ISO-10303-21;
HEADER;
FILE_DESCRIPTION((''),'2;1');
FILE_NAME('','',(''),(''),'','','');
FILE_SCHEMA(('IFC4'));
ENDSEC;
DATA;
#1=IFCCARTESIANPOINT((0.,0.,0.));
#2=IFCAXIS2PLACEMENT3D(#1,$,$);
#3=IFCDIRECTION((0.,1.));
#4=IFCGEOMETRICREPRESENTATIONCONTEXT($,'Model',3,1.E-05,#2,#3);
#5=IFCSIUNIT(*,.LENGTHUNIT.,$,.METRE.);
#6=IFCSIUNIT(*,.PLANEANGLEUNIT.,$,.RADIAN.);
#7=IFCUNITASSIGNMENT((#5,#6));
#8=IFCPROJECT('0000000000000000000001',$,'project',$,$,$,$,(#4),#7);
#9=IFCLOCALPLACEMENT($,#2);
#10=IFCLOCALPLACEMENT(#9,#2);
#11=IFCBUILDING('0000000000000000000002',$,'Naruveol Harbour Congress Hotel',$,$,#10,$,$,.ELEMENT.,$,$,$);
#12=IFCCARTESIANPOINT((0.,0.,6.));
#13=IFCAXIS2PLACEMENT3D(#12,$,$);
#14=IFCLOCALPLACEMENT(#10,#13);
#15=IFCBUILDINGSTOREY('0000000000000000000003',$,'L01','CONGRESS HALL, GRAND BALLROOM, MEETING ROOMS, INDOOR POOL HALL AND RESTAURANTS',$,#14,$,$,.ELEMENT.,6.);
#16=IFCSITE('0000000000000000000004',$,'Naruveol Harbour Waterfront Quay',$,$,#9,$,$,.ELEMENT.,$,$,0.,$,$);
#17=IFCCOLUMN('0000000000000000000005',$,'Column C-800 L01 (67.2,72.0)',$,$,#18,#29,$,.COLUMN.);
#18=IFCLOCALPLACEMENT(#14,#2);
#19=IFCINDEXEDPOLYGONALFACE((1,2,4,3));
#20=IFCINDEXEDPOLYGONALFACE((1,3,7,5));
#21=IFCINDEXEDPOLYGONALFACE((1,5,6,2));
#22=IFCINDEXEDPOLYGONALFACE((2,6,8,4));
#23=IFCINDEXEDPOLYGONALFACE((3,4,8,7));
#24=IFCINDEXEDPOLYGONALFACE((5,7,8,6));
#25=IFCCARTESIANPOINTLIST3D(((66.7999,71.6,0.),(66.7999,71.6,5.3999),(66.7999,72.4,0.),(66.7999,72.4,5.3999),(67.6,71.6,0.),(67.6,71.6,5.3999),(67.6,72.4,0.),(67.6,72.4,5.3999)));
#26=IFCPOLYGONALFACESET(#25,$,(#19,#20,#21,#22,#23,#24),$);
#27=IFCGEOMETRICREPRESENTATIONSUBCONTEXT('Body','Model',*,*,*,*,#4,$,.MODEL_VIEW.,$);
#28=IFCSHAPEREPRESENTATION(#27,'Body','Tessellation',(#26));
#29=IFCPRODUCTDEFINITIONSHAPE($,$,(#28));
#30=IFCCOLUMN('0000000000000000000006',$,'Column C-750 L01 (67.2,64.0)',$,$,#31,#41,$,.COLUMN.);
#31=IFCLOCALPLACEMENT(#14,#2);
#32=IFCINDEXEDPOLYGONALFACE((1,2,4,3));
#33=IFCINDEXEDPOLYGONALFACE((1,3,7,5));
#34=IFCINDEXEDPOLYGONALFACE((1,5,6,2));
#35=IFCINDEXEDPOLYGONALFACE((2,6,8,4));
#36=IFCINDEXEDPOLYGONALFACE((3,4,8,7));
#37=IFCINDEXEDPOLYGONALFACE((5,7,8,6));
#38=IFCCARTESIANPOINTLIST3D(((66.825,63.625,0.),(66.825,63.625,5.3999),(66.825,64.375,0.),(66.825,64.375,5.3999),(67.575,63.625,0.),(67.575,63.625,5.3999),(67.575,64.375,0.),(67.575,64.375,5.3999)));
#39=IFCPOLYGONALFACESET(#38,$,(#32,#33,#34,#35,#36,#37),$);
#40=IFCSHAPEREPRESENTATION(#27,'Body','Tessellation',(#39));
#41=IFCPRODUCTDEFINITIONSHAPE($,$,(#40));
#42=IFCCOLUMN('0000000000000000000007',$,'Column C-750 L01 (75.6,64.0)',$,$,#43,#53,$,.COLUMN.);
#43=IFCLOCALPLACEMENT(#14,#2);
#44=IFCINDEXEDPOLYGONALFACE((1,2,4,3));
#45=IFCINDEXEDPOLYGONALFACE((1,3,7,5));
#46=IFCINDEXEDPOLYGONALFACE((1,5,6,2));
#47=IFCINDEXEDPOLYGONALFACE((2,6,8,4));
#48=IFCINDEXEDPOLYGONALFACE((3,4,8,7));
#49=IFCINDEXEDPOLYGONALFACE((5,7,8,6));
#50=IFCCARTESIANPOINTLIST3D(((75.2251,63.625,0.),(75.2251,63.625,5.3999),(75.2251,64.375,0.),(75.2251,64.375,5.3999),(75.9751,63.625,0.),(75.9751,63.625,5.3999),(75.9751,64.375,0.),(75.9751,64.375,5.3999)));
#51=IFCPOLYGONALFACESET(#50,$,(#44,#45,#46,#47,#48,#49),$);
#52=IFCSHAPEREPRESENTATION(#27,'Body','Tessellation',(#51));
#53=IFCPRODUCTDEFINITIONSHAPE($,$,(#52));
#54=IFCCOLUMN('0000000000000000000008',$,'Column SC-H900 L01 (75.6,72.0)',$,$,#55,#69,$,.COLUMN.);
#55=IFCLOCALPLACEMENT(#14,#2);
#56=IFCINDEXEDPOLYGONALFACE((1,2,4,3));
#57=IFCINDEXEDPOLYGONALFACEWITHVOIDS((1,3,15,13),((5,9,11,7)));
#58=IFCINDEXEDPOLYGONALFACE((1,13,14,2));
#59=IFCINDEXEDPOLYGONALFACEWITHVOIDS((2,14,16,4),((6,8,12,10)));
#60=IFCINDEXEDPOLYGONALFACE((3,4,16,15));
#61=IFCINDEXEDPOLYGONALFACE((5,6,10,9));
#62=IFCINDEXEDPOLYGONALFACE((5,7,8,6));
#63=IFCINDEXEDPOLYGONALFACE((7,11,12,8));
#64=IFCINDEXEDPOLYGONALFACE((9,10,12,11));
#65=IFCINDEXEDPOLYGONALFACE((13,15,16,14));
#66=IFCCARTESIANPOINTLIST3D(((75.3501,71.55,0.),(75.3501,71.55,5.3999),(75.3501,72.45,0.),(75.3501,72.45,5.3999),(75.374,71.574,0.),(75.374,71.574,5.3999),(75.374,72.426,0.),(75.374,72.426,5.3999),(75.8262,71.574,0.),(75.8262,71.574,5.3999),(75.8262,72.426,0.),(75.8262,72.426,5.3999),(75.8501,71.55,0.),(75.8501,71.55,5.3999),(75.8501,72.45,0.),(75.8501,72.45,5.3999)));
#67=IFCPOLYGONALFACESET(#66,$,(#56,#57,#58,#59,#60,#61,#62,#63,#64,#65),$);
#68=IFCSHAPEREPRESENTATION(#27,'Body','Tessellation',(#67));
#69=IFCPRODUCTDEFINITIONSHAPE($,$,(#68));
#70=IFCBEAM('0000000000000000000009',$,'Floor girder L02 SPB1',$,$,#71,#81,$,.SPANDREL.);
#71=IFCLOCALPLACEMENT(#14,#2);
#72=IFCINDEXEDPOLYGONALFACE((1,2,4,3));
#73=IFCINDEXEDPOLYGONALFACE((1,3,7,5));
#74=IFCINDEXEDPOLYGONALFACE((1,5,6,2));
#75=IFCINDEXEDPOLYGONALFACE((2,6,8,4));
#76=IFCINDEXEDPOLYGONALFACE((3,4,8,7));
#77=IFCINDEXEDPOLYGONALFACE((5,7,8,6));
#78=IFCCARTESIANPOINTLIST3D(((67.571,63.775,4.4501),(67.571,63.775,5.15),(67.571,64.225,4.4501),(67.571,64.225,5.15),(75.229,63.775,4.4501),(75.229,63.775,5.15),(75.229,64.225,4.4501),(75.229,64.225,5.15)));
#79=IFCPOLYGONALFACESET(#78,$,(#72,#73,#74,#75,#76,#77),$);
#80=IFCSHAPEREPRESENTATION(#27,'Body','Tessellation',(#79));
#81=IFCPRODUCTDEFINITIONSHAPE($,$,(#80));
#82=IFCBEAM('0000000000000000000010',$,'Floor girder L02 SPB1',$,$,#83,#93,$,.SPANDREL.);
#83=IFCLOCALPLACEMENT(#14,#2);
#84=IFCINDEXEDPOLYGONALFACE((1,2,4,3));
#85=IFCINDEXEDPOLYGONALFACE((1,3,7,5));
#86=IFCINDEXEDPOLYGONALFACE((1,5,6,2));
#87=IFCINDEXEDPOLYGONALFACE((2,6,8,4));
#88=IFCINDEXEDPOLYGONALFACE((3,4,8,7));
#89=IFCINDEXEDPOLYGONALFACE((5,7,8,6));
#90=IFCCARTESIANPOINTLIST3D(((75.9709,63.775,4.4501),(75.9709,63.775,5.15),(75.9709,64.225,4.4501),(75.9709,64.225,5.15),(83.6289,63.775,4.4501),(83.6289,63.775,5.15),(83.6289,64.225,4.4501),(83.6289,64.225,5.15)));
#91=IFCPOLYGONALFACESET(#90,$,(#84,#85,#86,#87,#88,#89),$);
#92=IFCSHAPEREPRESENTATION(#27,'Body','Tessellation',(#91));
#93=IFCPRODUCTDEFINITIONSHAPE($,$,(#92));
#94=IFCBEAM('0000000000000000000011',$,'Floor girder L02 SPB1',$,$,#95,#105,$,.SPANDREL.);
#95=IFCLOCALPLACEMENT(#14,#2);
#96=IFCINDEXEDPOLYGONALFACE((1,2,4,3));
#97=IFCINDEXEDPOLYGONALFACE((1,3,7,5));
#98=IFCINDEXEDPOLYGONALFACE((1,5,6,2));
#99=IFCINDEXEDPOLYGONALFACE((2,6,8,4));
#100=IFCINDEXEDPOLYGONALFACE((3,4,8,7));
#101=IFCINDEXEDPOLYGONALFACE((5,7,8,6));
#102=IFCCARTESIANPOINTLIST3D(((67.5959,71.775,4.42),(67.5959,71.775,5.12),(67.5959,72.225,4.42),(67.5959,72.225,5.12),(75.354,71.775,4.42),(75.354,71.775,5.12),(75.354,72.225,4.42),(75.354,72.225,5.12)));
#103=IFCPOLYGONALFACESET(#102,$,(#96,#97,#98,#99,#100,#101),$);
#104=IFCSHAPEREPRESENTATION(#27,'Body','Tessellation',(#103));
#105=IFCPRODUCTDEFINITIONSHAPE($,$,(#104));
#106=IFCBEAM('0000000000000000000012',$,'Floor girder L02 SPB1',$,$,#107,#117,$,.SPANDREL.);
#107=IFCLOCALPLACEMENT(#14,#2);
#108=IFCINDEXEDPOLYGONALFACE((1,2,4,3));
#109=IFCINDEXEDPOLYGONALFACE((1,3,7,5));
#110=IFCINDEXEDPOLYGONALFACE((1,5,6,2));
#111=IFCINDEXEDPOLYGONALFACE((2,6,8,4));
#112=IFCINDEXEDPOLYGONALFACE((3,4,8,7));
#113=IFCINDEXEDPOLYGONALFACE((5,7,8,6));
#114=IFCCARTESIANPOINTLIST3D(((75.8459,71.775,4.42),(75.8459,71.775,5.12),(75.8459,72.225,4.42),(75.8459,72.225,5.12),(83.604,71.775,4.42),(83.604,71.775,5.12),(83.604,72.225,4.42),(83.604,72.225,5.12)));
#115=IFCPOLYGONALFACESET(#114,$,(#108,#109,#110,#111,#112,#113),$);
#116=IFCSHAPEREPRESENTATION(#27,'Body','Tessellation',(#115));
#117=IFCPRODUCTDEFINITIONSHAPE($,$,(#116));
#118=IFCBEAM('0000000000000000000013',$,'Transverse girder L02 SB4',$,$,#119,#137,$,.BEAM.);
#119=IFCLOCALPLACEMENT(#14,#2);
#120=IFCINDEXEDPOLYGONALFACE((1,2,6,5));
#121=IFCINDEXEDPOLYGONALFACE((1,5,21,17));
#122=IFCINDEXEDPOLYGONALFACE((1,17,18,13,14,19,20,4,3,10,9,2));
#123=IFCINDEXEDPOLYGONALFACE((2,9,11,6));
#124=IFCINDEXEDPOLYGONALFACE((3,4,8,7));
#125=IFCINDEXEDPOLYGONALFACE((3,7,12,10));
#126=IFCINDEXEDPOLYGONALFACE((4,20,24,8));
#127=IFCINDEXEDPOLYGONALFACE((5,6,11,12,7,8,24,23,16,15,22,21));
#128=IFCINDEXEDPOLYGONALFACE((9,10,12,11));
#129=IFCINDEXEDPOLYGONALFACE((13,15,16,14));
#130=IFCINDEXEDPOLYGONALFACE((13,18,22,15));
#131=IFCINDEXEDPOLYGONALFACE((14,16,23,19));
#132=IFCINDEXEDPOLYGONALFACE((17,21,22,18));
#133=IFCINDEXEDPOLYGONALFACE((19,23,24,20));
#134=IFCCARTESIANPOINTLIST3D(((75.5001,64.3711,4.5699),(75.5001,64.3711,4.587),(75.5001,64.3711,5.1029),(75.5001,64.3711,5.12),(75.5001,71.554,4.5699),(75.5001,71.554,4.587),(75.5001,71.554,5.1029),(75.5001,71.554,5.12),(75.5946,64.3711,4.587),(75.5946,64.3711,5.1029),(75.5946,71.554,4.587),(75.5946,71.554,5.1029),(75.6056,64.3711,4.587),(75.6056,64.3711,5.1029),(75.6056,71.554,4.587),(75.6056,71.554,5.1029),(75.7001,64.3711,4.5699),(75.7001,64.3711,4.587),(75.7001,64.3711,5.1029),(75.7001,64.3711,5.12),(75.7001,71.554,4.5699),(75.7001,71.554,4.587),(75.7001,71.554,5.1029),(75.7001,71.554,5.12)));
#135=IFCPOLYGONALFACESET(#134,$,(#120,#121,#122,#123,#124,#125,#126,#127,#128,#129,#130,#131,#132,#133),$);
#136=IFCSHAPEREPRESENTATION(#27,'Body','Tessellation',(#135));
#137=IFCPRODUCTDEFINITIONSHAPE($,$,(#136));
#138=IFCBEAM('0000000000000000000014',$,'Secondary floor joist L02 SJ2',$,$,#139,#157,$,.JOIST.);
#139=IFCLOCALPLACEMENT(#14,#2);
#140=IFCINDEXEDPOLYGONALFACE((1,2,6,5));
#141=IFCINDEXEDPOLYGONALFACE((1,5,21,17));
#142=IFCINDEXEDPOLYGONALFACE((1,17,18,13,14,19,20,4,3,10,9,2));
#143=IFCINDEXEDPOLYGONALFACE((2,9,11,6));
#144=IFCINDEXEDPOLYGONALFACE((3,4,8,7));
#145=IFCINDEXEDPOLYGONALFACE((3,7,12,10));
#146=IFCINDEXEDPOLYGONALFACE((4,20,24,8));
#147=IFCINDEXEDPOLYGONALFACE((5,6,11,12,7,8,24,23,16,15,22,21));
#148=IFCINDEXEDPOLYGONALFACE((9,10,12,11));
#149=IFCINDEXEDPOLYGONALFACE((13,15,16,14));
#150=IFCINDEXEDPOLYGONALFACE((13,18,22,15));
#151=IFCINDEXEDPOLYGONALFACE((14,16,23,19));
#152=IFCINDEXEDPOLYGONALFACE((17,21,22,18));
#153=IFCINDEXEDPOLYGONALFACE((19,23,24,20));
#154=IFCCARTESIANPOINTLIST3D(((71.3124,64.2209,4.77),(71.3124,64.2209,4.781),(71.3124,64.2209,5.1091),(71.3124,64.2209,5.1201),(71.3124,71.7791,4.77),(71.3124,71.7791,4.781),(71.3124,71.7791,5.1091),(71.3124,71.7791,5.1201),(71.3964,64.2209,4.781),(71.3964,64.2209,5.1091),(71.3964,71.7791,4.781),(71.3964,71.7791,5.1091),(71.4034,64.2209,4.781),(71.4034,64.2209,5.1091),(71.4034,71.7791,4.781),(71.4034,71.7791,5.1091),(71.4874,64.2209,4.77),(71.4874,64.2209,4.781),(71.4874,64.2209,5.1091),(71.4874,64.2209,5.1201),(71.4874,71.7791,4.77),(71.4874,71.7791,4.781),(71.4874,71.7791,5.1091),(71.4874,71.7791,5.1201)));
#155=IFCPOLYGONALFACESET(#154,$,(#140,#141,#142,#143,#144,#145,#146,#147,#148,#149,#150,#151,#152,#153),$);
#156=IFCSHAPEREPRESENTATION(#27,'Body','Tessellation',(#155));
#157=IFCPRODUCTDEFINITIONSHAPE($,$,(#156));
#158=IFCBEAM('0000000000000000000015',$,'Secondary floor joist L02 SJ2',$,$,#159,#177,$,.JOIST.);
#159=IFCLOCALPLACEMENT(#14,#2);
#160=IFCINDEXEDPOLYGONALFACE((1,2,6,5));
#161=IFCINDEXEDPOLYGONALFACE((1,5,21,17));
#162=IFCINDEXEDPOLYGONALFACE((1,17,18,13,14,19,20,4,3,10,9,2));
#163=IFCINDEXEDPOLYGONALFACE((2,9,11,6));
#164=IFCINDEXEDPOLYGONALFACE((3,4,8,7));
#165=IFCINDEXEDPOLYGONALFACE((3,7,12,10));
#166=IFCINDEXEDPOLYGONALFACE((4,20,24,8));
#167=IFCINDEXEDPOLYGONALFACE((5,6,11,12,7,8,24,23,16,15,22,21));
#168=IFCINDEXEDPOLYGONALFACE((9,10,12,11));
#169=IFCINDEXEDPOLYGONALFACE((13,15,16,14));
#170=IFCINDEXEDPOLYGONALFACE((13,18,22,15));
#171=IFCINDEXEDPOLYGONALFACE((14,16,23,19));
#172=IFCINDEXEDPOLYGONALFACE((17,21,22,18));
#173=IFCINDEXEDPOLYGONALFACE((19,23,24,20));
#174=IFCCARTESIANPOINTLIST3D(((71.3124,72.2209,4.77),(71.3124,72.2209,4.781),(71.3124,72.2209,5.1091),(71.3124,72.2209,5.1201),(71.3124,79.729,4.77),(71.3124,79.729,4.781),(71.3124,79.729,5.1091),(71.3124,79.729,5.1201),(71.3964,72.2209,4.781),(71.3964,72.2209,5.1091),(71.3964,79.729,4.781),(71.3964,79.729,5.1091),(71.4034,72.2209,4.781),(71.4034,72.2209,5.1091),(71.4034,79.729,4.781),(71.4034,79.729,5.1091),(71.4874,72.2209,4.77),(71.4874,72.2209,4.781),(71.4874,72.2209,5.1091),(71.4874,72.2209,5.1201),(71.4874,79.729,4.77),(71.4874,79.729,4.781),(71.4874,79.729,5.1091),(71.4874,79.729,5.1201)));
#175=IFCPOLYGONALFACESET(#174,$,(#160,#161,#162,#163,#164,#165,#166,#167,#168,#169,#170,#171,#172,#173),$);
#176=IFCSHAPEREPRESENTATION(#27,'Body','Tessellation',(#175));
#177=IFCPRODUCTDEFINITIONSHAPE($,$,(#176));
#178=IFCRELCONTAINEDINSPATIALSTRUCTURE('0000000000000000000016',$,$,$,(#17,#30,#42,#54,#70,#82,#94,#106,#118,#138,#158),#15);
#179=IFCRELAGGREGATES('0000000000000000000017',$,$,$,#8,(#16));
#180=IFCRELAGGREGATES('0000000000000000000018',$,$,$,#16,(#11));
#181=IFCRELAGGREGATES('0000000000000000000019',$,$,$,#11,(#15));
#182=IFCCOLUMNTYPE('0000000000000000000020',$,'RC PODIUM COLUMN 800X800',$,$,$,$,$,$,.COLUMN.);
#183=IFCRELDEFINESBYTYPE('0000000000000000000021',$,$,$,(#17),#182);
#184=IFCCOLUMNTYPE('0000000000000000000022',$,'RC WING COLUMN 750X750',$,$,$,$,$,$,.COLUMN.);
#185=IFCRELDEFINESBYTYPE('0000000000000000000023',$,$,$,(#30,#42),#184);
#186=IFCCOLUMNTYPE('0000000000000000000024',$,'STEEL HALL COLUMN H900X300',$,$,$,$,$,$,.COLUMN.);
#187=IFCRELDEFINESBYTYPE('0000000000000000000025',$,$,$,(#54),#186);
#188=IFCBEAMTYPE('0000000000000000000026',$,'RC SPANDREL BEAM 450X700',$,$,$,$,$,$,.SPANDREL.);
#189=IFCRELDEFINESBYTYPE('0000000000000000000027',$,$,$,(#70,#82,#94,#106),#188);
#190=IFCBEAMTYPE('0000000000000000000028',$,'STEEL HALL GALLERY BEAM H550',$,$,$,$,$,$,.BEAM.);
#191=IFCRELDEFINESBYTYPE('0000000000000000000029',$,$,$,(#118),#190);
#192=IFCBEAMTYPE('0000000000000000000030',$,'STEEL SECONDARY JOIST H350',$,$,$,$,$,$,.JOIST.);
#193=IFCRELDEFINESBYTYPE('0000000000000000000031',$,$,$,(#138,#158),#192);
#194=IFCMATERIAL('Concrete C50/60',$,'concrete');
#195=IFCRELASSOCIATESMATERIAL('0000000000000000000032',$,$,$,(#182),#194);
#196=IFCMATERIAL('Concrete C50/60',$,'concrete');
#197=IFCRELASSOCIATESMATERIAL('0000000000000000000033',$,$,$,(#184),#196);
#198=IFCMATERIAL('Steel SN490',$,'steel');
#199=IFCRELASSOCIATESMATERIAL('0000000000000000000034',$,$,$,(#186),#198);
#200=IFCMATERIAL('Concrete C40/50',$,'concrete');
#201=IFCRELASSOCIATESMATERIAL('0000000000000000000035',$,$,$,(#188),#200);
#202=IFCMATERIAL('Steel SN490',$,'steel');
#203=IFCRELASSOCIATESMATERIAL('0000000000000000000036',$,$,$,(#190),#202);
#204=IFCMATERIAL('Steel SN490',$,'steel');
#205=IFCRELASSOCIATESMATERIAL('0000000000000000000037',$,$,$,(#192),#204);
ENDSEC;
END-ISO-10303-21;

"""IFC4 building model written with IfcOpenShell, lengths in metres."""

from ifc_helpers import new_model, si_unit, direction, frame, origin, origin_2d, place, context, subcontext, project, spatial, rectangle, hollow_rectangle, i_section, extrude, material, material_profile, profile_set, type_object, element, save


model = new_model("IFC4")

# Units and contexts
model_context = context("Model", 3, precision=1e-05, world=origin(), true_north=direction((0.0, 1.0)))
body_context = subcontext(model_context, "Body", "Model", "MODEL_VIEW")
ifc_project = project(units=[si_unit("LENGTHUNIT", "METRE"), si_unit("PLANEANGLEUNIT", "RADIAN")], contexts=[model_context])

# Site, building, storey
site_placement = place(None, origin())
site = spatial("IfcSite", under=ifc_project, at=site_placement, Name="Naruveol Harbour Waterfront Quay", CompositionType="ELEMENT", RefElevation=0.0)
building_placement = place(site_placement, origin())
building = spatial("IfcBuilding", under=site, at=building_placement, Name="Naruveol Harbour Congress Hotel", CompositionType="ELEMENT")
storey_placement = place(building_placement, frame((0.0, 0.0, 6.0)))
storey = spatial("IfcBuildingStorey", under=building, at=storey_placement, Name="L01", Description="CONGRESS HALL, GRAND BALLROOM, MEETING ROOMS, INDOOR POOL HALL AND RESTAURANTS", CompositionType="ELEMENT", Elevation=6.0)

# Columns
ifc_material_1 = material(Name="Concrete C50/60", Category="concrete")
ifc_material_profile_1 = material_profile(ifc_material_1, rectangle(XDim=0.8, YDim=0.8, at=origin_2d()), Name="RC-800x800")
ifc_profile_set_1 = profile_set([ifc_material_profile_1], Name="Concrete C50/60")
column_type_1 = type_object("IfcColumnType", Name="RC PODIUM COLUMN 800X800", PredefinedType="COLUMN", material=ifc_profile_set_1)
column_1_placement = place(storey_placement, frame((67.2, 72.0, 0.0), z_axis=(0.0, 0.0, 1.0), x_axis=(1.0, 0.0, 0.0)))
element("IfcColumn", 1, at=column_1_placement, inside=storey, type_object=column_type_1, Name="Column C-800 L01 (67.2,72.0)", PredefinedType="COLUMN", context=body_context, shape_type="SweptSolid", body=[
    extrude(rectangle(XDim=0.8, YDim=0.8, at=origin_2d()), origin(), (0.0, 0.0, 1.0), 5.3999),
])
ifc_material_2 = material(Name="Concrete C50/60", Category="concrete")
ifc_material_profile_2 = material_profile(ifc_material_2, rectangle(XDim=0.75, YDim=0.75, at=origin_2d()), Name="RC-750x750")
ifc_profile_set_2 = profile_set([ifc_material_profile_2], Name="Concrete C50/60")
column_type_2 = type_object("IfcColumnType", Name="RC WING COLUMN 750X750", PredefinedType="COLUMN", material=ifc_profile_set_2)
for number, where, z_axis, x_axis, name in (
    (2, (67.2, 64.0, 0.0), (0.0, 0.0, 1.0), (1.0, 0.0, 0.0), "Column C-750 L01 (67.2,64.0)"),
    (3, (75.6001, 64.0, 0.0), (0.0, 0.0, 1.0), (1.0, 0.0, 0.0), "Column C-750 L01 (75.6,64.0)"),
):
    element("IfcColumn", number, at=place(storey_placement, frame(where, z_axis=z_axis, x_axis=x_axis)), inside=storey, type_object=column_type_2, Name=name, PredefinedType="COLUMN", context=body_context, shape_type="SweptSolid", body=[
        extrude(rectangle(XDim=0.75, YDim=0.75, at=origin_2d()), origin(), (0.0, 0.0, 1.0), 5.3999),
    ])
ifc_material_3 = material(Name="Steel SN490", Category="steel")
ifc_material_profile_3 = material_profile(ifc_material_3, hollow_rectangle(XDim=0.5, YDim=0.8999, WallThickness=0.0239, at=origin_2d()), Name="RHS-900x500x24")
ifc_profile_set_3 = profile_set([ifc_material_profile_3], Name="Steel SN490")
column_type_3 = type_object("IfcColumnType", Name="STEEL HALL COLUMN H900X300", PredefinedType="COLUMN", material=ifc_profile_set_3)
column_2_placement = place(storey_placement, frame((75.6001, 72.0, 0.0), z_axis=(0.0, 0.0, 1.0), x_axis=(1.0, 0.0, 0.0)))
element("IfcColumn", 4, at=column_2_placement, inside=storey, type_object=column_type_3, Name="Column SC-H900 L01 (75.6,72.0)", PredefinedType="COLUMN", context=body_context, shape_type="SweptSolid", body=[
    extrude(hollow_rectangle(XDim=0.5, YDim=0.8999, WallThickness=0.0239, at=origin_2d()), origin(), (0.0, 0.0, 1.0), 5.3999),
])

# Beams
ifc_material_4 = material(Name="Concrete C40/50", Category="concrete")
ifc_material_profile_4 = material_profile(ifc_material_4, rectangle(XDim=0.45, YDim=0.7, at=origin_2d()), Name="RCB-450x700")
ifc_profile_set_4 = profile_set([ifc_material_profile_4], Name="Concrete C40/50")
beam_type_1 = type_object("IfcBeamType", Name="RC SPANDREL BEAM 450X700", PredefinedType="SPANDREL", material=ifc_profile_set_4)
for number, where, z_axis, x_axis, name in (
    (5, (67.571, 64.0, 4.8), (1.0, 0.0, 0.0), (0.0, 1.0, 0.0), "Floor girder L02 SPB1"),
    (6, (75.9709, 64.0, 4.8), (1.0, 0.0, 0.0), (0.0, 1.0, 0.0), "Floor girder L02 SPB1"),
):
    element("IfcBeam", number, at=place(storey_placement, frame(where, z_axis=z_axis, x_axis=x_axis)), inside=storey, type_object=beam_type_1, Name=name, PredefinedType="SPANDREL", context=body_context, shape_type="SweptSolid", body=[
        extrude(rectangle(XDim=0.45, YDim=0.7, at=origin_2d()), origin(), (0.0, 0.0, 1.0), 7.658),
    ])
for number, where, z_axis, x_axis, name in (
    (7, (67.5959, 72.0, 4.77), (1.0, 0.0, 0.0), (0.0, 1.0, 0.0), "Floor girder L02 SPB1"),
    (8, (75.8459, 72.0, 4.77), (1.0, 0.0, 0.0), (0.0, 1.0, 0.0), "Floor girder L02 SPB1"),
):
    element("IfcBeam", number, at=place(storey_placement, frame(where, z_axis=z_axis, x_axis=x_axis)), inside=storey, type_object=beam_type_1, Name=name, PredefinedType="SPANDREL", context=body_context, shape_type="SweptSolid", body=[
        extrude(rectangle(XDim=0.45, YDim=0.7, at=origin_2d()), origin(), (0.0, 0.0, 1.0), 7.7581),
    ])
ifc_material_5 = material(Name="Steel SN490", Category="steel")
ifc_material_profile_5 = material_profile(ifc_material_5, i_section(OverallWidth=0.2, OverallDepth=0.55, WebThickness=0.011, FlangeThickness=0.0171, at=origin_2d()), Name="H-550x200x11x17")
ifc_profile_set_5 = profile_set([ifc_material_profile_5], Name="Steel SN490")
beam_type_2 = type_object("IfcBeamType", Name="STEEL HALL GALLERY BEAM H550", PredefinedType="BEAM", material=ifc_profile_set_5)
beam_1_placement = place(storey_placement, frame((75.6001, 64.3711, 4.845), z_axis=(0.0, 1.0, 0.0), x_axis=(-1.0, 0.0, 0.0)))
element("IfcBeam", 9, at=beam_1_placement, inside=storey, type_object=beam_type_2, Name="Transverse girder L02 SB4", PredefinedType="BEAM", context=body_context, shape_type="SweptSolid", body=[
    extrude(i_section(OverallWidth=0.2, OverallDepth=0.55, WebThickness=0.011, FlangeThickness=0.0171, at=origin_2d()), origin(), (0.0, 0.0, 1.0), 7.1829),
])
ifc_material_6 = material(Name="Steel SN490", Category="steel")
ifc_material_profile_6 = material_profile(ifc_material_6, i_section(OverallWidth=0.175, OverallDepth=0.3501, WebThickness=0.0071, FlangeThickness=0.011, at=origin_2d()), Name="H-350x175x7x11")
ifc_profile_set_6 = profile_set([ifc_material_profile_6], Name="Steel SN490")
beam_type_3 = type_object("IfcBeamType", Name="STEEL SECONDARY JOIST H350", PredefinedType="JOIST", material=ifc_profile_set_6)
beam_2_placement = place(storey_placement, frame((71.3999, 64.2209, 4.9451), z_axis=(0.0, 1.0, 0.0), x_axis=(-1.0, 0.0, 0.0)))
element("IfcBeam", 10, at=beam_2_placement, inside=storey, type_object=beam_type_3, Name="Secondary floor joist L02 SJ2", PredefinedType="JOIST", context=body_context, shape_type="SweptSolid", body=[
    extrude(i_section(OverallWidth=0.175, OverallDepth=0.3501, WebThickness=0.0071, FlangeThickness=0.011, at=origin_2d()), origin(), (0.0, 0.0, 1.0), 7.5581),
])
beam_3_placement = place(storey_placement, frame((71.3999, 72.2209, 4.9451), z_axis=(0.0, 1.0, 0.0), x_axis=(-1.0, 0.0, 0.0)))
element("IfcBeam", 11, at=beam_3_placement, inside=storey, type_object=beam_type_3, Name="Secondary floor joist L02 SJ2", PredefinedType="JOIST", context=body_context, shape_type="SweptSolid", body=[
    extrude(i_section(OverallWidth=0.175, OverallDepth=0.3501, WebThickness=0.0071, FlangeThickness=0.011, at=origin_2d()), origin(), (0.0, 0.0, 1.0), 7.5081),
])

save(model, "model.ifc")
